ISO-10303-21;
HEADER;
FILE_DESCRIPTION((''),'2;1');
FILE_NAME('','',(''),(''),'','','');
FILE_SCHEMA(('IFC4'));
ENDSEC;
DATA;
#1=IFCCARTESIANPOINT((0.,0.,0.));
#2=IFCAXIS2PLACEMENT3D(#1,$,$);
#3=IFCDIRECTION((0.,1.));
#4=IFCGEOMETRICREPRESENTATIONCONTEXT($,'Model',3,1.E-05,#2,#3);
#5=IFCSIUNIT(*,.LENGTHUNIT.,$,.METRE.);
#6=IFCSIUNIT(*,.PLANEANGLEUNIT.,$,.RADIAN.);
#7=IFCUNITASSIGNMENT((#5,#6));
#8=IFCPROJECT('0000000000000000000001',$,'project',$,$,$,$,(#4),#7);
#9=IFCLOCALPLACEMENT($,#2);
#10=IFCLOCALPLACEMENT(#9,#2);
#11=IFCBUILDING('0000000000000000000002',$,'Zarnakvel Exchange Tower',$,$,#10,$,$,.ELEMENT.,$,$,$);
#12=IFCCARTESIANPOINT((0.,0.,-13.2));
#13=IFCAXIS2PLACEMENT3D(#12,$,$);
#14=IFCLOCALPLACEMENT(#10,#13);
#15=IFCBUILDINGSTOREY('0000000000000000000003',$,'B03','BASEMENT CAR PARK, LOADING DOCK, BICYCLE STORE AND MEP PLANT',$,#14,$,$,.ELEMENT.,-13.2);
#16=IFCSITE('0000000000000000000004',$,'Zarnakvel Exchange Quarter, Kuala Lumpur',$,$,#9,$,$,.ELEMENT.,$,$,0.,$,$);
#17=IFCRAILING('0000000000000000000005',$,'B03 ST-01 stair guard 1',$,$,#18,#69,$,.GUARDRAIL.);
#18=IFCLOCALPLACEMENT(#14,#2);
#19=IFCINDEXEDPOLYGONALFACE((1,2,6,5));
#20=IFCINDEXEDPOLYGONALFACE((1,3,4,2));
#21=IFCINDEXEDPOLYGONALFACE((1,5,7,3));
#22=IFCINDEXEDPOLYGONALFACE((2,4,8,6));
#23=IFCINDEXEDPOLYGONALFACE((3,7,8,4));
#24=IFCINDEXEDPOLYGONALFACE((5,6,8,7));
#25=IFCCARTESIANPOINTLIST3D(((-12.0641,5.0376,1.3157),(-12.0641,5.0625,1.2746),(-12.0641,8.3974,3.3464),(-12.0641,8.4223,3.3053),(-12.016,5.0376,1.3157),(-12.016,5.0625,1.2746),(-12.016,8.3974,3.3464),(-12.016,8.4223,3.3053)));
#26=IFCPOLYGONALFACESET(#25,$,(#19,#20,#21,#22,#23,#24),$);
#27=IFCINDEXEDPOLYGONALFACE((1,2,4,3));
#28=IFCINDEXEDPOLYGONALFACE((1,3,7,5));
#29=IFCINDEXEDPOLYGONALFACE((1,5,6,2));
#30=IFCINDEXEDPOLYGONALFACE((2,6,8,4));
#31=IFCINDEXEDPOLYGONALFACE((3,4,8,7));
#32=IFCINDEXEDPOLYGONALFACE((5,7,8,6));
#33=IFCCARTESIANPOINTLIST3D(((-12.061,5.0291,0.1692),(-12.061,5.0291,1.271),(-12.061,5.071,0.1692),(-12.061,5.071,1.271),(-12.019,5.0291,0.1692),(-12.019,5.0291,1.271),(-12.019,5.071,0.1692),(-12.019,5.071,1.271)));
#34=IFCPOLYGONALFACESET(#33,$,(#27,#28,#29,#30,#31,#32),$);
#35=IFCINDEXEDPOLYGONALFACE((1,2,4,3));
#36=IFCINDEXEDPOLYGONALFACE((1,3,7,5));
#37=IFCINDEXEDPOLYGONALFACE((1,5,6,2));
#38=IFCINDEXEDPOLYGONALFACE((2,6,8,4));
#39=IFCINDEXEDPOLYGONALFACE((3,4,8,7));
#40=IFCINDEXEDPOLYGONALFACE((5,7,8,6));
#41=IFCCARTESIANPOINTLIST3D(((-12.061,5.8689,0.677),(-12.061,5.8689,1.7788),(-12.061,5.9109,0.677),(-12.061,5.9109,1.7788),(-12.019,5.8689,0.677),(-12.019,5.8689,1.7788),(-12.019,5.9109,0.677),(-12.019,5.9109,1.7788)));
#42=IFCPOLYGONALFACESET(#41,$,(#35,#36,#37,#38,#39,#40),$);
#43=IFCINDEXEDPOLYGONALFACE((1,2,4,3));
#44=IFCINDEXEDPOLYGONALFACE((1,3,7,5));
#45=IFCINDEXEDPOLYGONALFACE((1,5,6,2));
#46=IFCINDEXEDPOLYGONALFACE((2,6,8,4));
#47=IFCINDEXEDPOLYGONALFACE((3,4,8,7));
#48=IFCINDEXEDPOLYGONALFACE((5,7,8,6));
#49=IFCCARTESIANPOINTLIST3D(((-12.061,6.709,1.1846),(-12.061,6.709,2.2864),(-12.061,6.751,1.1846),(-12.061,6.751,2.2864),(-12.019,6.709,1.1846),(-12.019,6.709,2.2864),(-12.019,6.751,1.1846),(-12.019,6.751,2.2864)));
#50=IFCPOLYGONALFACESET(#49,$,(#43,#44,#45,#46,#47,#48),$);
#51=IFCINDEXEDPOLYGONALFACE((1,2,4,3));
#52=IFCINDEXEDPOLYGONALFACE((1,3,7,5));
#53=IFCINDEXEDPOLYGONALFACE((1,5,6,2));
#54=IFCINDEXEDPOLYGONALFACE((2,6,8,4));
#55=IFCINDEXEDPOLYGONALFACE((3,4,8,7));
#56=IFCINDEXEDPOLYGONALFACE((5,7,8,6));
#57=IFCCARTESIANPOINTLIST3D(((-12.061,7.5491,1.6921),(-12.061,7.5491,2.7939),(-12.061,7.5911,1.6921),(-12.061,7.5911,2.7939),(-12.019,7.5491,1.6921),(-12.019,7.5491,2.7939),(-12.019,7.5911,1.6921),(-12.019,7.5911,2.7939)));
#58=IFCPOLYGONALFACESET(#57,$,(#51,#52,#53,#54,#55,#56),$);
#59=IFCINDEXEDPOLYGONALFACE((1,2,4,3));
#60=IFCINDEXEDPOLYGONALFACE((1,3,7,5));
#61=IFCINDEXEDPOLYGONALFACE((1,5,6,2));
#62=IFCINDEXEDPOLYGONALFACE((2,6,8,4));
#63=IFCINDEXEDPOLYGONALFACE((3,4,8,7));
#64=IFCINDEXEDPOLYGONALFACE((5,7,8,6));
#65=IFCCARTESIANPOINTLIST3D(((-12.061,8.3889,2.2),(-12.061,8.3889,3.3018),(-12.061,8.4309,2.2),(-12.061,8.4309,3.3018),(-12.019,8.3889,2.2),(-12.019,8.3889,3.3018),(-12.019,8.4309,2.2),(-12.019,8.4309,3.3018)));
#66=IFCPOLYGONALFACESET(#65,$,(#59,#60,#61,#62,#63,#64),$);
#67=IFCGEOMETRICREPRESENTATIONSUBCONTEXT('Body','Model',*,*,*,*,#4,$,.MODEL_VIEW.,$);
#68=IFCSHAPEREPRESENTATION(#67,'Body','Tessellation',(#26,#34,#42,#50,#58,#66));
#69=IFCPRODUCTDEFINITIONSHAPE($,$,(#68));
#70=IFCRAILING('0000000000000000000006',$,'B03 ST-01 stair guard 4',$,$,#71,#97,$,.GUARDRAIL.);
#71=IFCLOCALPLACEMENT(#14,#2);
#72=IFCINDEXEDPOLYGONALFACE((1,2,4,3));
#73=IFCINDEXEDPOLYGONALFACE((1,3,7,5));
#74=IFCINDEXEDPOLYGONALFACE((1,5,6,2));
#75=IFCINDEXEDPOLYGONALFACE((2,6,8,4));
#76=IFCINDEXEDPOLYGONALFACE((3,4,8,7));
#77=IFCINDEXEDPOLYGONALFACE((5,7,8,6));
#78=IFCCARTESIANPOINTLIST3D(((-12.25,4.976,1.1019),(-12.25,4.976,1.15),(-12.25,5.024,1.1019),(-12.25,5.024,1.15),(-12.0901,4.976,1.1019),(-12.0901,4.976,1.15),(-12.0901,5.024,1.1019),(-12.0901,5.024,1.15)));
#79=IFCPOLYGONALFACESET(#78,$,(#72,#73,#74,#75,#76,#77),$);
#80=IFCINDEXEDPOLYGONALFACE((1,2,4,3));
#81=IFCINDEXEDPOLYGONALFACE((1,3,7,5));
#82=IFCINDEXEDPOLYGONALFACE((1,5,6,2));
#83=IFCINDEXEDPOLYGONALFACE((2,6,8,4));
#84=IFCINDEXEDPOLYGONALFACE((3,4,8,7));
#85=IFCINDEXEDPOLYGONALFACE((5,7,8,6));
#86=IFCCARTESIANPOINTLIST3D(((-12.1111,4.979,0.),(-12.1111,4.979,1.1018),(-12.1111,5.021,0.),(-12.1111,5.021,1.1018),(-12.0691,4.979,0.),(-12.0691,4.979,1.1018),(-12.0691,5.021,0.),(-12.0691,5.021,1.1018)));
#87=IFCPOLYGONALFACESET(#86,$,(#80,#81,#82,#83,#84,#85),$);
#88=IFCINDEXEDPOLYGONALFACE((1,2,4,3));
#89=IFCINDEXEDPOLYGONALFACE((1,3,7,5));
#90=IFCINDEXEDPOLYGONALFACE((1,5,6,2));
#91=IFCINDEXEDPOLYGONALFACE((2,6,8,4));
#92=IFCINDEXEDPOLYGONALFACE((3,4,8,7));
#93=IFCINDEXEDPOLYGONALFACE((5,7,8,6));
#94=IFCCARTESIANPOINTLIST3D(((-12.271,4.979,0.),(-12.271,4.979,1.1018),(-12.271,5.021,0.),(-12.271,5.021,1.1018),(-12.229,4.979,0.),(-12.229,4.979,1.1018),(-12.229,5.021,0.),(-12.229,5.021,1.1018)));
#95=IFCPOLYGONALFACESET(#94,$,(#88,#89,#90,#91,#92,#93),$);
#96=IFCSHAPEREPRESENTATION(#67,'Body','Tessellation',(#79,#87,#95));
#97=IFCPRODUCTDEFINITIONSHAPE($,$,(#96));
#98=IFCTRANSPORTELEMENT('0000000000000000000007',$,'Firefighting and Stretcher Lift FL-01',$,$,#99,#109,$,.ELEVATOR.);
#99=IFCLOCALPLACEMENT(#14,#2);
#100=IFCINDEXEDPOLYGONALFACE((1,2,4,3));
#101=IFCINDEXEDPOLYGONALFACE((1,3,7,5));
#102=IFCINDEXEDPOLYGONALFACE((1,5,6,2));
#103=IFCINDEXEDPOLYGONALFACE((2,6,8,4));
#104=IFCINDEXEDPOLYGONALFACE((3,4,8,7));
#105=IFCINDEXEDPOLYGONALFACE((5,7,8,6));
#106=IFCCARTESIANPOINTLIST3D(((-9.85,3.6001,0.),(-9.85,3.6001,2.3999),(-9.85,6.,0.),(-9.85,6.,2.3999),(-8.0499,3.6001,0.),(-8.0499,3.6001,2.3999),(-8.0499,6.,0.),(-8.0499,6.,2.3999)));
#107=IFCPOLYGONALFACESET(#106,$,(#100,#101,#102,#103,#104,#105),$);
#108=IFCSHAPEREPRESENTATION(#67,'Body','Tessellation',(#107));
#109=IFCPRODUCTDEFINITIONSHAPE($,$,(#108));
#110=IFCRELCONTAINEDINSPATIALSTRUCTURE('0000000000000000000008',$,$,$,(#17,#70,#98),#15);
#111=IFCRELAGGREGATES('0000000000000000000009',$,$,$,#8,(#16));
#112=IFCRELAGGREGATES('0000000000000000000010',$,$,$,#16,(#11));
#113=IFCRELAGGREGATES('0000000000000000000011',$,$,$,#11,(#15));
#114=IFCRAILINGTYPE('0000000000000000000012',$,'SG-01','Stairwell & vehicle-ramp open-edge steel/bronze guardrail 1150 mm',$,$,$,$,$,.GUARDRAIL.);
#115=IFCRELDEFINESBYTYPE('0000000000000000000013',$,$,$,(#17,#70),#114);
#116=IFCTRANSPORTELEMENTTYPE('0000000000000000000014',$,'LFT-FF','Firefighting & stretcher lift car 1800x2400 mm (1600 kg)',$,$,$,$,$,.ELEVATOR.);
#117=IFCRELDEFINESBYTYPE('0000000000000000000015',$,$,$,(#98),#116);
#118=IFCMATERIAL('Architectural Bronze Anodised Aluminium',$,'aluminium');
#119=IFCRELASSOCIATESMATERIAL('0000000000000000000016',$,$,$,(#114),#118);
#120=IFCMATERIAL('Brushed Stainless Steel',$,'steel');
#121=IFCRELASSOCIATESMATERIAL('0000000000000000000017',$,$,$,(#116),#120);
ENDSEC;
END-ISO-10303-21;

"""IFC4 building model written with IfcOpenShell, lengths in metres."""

from ifc_helpers import new_model, si_unit, direction, frame, origin, origin_2d, place, context, subcontext, project, spatial, rectangle, extrude, source, transform, mapped, material, type_object, element, save


model = new_model("IFC4")

# Units and contexts
model_context = context("Model", 3, precision=1e-05, world=origin(), true_north=direction((0.0, 1.0)))
body_context = subcontext(model_context, "Body", "Model", "MODEL_VIEW")
ifc_project = project(units=[si_unit("LENGTHUNIT", "METRE"), si_unit("PLANEANGLEUNIT", "RADIAN")], contexts=[model_context])

# Site, building, storey
site_placement = place(None, origin())
site = spatial("IfcSite", under=ifc_project, at=site_placement, Name="Zarnakvel Exchange Quarter, Kuala Lumpur", CompositionType="ELEMENT", RefElevation=0.0)
building_placement = place(site_placement, origin())
building = spatial("IfcBuilding", under=site, at=building_placement, Name="Zarnakvel Exchange Tower", CompositionType="ELEMENT")
storey_placement = place(building_placement, frame((0.0, 0.0, -13.2)))
storey = spatial("IfcBuildingStorey", under=building, at=storey_placement, Name="B03", Description="BASEMENT CAR PARK, LOADING DOCK, BICYCLE STORE AND MEP PLANT", CompositionType="ELEMENT", Elevation=-13.2)

# Shared definitions
ifc_material_1 = material(Name="Brushed Stainless Steel", Category="steel")

# Railings
ifc_material_2 = material(Name="Architectural Bronze Anodised Aluminium", Category="aluminium")
railing_type_1 = type_object("IfcRailingType", Name="SG-01", Description="Stairwell & vehicle-ramp open-edge steel/bronze guardrail 1150 mm", PredefinedType="GUARDRAIL", material=ifc_material_2)
railing_1_placement = place(storey_placement, frame((-12.04, 5.05, 0.1692)))
element("IfcRailing", 1, at=railing_1_placement, inside=storey, type_object=railing_type_1, Name="B03 ST-01 stair guard 1", PredefinedType="GUARDRAIL", context=body_context, shape_type="SweptSolid", body=[
    extrude(rectangle(XDim=0.0481, YDim=0.0481, at=origin_2d()), frame((0.0, 0.0, 1.126), z_axis=(0.0, 0.85582, 0.517273), x_axis=(-1.0, 0.0, 0.0)), (0.0, 0.0, 1.0), 3.9258),
    extrude(rectangle(XDim=0.042, YDim=0.042, at=origin_2d()), origin(), (0.0, 0.0, 1.0), 1.1018),
    extrude(rectangle(XDim=0.042, YDim=0.042, at=origin_2d()), frame((0.0, 0.8398, 0.5078)), (0.0, 0.0, 1.0), 1.1018),
    extrude(rectangle(XDim=0.042, YDim=0.042, at=origin_2d()), frame((0.0, 1.6799, 1.0154)), (0.0, 0.0, 1.0), 1.1018),
    extrude(rectangle(XDim=0.042, YDim=0.042, at=origin_2d()), frame((0.0, 2.52, 1.5229)), (0.0, 0.0, 1.0), 1.1018),
    extrude(rectangle(XDim=0.042, YDim=0.042, at=origin_2d()), frame((0.0, 3.3599, 2.0308)), (0.0, 0.0, 1.0), 1.1018),
])
railing_2_placement = place(storey_placement, frame((-12.0901, 5.0, 0.0)))
element("IfcRailing", 2, at=railing_2_placement, inside=storey, type_object=railing_type_1, Name="B03 ST-01 stair guard 4", PredefinedType="GUARDRAIL", context=body_context, shape_type="SweptSolid", body=[
    extrude(rectangle(XDim=0.0481, YDim=0.0481, at=origin_2d()), frame((0.0, 0.0, 1.126), z_axis=(-1.0, 0.0, 0.0), x_axis=(0.0, -1.0, 0.0)), (0.0, 0.0, 1.0), 0.1599),
    extrude(rectangle(XDim=0.042, YDim=0.042, at=origin_2d()), origin(), (0.0, 0.0, 1.0), 1.1018),
    extrude(rectangle(XDim=0.042, YDim=0.042, at=origin_2d()), frame((-0.1599, 0.0, 0.0)), (0.0, 0.0, 1.0), 1.1018),
])

# Transport element
transport_element_type = type_object("IfcTransportElementType", Name="LFT-FF", Description="Firefighting & stretcher lift car 1800x2400 mm (1600 kg)", PredefinedType="ELEVATOR", material=ifc_material_1)
shared_shape_1 = source(origin(), body_context, "Body", "SweptSolid", [
    extrude(rectangle(XDim=1.8, YDim=2.3999, at=origin_2d()), origin(), (0.0, 0.0, 1.0), 2.3999),
])
transport_element_placement = place(storey_placement, frame((-8.95, 4.8, 0.0), z_axis=(0.0, 0.0, 1.0), x_axis=(1.0, 0.0, 0.0)))
element("IfcTransportElement", 3, at=transport_element_placement, inside=storey, type_object=transport_element_type, Name="Firefighting and Stretcher Lift FL-01", PredefinedType="ELEVATOR", context=body_context, shape_type="MappedRepresentation", body=[
    mapped(shared_shape_1, transform((0.0, 0.0, 0.0), x_axis=(1.0, 0.0, 0.0), y_axis=(0.0, 1.0, 0.0), z_axis=(0.0, 0.0, 1.0), scale=1.0)),
])

save(model, "model.ifc")
